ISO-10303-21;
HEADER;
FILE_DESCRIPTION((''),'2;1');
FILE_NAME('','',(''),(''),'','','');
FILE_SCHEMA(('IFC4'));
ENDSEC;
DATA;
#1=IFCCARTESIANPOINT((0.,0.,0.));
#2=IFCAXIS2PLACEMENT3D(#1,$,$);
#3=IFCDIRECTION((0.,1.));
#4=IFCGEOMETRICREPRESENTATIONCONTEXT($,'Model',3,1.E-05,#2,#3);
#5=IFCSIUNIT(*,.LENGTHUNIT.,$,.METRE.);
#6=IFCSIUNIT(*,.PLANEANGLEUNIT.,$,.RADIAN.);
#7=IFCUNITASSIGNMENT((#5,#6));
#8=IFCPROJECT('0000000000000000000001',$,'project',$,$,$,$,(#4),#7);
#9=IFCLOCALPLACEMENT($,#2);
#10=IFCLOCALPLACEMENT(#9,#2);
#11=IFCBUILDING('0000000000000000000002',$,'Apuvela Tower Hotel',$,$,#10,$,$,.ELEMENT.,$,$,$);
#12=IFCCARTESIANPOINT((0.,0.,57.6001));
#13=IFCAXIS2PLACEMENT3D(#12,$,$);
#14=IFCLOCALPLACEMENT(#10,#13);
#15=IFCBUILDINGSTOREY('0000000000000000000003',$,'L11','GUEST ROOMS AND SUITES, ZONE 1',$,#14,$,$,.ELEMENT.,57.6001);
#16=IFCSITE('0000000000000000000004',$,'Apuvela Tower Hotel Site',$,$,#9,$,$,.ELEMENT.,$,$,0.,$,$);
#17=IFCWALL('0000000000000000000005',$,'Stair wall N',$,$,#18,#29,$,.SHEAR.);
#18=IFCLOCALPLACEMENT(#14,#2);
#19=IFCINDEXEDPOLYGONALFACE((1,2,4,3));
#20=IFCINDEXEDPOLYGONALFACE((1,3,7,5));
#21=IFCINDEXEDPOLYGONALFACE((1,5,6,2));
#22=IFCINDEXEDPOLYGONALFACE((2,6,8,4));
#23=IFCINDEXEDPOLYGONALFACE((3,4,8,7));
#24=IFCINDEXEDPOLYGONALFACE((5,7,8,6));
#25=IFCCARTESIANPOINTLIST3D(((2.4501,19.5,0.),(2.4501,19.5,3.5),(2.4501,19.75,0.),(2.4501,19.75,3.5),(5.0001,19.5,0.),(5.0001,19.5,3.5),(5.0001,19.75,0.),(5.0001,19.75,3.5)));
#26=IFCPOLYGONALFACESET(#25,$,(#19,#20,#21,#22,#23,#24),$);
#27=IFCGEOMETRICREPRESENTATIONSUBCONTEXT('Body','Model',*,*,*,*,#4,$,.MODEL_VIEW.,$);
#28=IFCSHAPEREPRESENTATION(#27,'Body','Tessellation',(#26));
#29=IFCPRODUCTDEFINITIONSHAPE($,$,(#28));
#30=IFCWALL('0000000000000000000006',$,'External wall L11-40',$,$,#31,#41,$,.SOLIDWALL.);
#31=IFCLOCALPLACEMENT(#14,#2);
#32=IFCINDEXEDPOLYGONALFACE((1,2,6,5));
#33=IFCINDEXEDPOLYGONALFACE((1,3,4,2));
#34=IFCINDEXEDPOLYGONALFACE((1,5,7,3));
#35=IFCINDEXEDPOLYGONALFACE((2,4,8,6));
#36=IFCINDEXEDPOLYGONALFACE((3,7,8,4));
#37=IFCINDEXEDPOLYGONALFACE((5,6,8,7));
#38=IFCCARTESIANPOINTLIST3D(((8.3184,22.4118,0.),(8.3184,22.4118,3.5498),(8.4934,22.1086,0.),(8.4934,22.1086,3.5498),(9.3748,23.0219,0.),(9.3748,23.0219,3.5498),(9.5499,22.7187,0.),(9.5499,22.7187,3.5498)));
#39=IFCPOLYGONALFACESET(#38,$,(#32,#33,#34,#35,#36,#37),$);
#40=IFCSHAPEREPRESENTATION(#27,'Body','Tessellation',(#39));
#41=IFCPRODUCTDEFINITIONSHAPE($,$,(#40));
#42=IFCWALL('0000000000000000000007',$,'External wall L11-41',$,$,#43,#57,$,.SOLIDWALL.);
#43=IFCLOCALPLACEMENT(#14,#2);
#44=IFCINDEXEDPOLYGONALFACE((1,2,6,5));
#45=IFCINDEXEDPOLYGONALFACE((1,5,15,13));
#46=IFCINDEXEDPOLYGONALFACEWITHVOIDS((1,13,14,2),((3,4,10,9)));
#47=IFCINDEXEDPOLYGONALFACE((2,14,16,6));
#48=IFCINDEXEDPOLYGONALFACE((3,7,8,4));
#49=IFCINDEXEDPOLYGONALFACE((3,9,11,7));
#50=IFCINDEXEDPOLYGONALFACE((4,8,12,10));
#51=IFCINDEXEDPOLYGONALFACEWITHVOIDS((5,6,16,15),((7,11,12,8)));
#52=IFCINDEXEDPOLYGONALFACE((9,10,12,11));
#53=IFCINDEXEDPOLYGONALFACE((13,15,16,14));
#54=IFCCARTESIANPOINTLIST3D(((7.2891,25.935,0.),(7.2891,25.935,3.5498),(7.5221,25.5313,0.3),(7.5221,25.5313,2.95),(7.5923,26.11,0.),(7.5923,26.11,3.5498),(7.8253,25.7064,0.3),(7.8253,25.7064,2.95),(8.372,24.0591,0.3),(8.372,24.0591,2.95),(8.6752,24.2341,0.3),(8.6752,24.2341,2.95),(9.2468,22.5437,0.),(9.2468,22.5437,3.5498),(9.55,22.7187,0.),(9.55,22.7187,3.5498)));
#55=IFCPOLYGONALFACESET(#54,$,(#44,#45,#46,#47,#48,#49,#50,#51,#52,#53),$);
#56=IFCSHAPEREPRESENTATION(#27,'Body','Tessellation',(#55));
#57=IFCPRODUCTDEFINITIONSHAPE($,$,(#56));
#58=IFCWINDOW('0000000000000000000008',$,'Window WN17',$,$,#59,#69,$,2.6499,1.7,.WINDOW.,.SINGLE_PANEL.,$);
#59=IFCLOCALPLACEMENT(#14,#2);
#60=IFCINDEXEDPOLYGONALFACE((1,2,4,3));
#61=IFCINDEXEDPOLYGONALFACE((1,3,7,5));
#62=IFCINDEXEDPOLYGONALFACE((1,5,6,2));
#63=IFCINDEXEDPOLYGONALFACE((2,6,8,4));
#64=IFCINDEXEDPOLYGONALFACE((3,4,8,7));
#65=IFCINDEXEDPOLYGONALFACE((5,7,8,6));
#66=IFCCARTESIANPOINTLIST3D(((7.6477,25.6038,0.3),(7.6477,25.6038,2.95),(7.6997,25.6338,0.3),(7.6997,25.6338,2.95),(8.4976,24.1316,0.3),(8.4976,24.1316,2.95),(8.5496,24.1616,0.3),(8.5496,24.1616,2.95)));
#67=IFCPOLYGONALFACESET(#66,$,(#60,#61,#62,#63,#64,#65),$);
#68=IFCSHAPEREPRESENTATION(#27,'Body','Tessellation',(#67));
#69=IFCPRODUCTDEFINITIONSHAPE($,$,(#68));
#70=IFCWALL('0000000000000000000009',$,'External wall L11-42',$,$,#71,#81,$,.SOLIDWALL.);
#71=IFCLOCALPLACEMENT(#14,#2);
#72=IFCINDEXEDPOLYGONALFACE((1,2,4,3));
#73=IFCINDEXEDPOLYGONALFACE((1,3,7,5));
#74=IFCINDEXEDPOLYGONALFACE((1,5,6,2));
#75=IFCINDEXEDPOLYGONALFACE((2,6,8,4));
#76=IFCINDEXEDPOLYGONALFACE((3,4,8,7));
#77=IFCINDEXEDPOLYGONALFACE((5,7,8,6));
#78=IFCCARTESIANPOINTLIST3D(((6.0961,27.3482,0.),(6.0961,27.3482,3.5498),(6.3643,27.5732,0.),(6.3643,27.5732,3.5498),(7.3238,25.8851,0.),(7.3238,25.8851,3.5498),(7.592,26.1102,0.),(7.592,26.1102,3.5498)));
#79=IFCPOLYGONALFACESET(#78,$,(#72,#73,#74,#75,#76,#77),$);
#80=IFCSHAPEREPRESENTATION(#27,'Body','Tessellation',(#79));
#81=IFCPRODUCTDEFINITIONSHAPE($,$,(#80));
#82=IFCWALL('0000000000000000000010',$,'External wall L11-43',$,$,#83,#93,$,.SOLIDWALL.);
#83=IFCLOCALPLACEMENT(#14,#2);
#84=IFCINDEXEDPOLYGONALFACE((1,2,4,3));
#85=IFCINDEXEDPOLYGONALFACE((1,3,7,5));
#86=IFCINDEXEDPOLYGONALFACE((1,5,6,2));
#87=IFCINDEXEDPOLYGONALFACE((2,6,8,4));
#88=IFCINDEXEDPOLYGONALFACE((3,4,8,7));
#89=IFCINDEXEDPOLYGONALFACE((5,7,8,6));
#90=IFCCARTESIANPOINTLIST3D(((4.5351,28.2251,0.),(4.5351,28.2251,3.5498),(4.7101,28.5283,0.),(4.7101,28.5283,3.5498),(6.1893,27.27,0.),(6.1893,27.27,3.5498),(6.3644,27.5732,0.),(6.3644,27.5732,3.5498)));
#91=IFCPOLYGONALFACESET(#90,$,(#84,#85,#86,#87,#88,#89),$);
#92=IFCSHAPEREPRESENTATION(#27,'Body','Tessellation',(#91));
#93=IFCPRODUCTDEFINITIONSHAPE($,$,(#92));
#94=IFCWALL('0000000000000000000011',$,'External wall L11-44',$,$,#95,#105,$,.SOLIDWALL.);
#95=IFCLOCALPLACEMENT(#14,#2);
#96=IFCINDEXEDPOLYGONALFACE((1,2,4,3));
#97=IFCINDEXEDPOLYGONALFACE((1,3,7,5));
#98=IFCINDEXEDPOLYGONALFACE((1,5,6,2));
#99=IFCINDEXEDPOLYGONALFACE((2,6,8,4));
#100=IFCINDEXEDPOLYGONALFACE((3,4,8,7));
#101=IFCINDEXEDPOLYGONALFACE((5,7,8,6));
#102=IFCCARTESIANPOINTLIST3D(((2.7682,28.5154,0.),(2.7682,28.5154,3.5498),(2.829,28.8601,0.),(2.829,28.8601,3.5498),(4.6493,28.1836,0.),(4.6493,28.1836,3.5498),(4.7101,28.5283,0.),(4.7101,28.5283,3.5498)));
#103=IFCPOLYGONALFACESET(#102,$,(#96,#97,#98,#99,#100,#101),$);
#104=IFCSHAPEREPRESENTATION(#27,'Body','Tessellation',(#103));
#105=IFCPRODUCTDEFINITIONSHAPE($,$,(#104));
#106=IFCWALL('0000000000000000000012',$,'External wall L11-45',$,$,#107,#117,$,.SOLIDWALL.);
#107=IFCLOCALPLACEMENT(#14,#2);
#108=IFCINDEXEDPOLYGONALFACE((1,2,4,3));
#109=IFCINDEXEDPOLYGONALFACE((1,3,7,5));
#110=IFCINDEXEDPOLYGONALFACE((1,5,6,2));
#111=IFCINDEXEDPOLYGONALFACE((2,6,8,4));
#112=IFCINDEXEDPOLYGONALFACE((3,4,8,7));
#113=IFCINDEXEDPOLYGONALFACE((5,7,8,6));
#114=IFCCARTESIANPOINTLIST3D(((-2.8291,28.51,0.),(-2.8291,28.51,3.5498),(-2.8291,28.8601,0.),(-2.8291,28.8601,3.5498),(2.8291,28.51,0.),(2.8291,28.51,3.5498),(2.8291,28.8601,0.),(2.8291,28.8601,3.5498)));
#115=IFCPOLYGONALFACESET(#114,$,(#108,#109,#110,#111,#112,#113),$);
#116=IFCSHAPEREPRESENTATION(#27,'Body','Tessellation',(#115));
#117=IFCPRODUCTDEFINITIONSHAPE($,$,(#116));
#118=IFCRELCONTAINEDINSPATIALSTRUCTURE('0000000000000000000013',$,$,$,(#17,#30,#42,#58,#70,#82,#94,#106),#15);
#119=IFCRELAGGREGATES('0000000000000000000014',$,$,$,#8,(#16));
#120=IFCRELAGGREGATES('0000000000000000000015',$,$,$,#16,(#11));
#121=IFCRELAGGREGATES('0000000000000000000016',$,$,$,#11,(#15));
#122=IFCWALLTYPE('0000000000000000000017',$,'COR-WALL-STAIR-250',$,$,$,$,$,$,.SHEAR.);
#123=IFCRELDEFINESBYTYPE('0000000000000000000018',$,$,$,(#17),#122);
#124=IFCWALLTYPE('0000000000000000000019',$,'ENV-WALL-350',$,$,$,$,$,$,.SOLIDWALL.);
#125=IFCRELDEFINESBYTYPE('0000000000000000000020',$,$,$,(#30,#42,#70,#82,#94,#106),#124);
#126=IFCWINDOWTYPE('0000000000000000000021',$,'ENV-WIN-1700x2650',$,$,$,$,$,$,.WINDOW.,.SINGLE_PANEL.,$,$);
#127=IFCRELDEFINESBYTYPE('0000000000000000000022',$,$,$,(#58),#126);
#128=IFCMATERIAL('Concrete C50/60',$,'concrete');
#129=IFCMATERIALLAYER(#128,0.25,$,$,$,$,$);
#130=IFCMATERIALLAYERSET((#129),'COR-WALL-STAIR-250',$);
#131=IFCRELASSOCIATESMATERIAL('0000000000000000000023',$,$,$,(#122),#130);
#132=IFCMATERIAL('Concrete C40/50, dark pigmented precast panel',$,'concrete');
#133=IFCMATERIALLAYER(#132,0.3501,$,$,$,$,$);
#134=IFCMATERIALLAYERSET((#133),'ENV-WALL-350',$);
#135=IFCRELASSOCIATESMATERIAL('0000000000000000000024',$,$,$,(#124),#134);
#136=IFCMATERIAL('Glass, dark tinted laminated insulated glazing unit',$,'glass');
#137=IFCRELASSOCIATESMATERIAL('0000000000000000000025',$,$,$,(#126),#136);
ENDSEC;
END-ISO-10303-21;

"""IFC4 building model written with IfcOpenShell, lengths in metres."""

from ifc_helpers import new_model, si_unit, direction, frame, frame_2d, origin, place, context, subcontext, project, spatial, rectangle, extrude, material, layer, layer_set, type_object, element, fill, save


model = new_model("IFC4")

# Units and contexts
model_context = context("Model", 3, precision=1e-05, world=origin(), true_north=direction((0.0, 1.0)))
body_context = subcontext(model_context, "Body", "Model", "MODEL_VIEW")
ifc_project = project(units=[si_unit("LENGTHUNIT", "METRE"), si_unit("PLANEANGLEUNIT", "RADIAN")], contexts=[model_context])

# Site, building, storey
site_placement = place(None, origin())
site = spatial("IfcSite", under=ifc_project, at=site_placement, Name="Apuvela Tower Hotel Site", CompositionType="ELEMENT", RefElevation=0.0)
building_placement = place(site_placement, origin())
building = spatial("IfcBuilding", under=site, at=building_placement, Name="Apuvela Tower Hotel", CompositionType="ELEMENT")
storey_placement = place(building_placement, frame((0.0, 0.0, 57.6001)))
storey = spatial("IfcBuildingStorey", under=building, at=storey_placement, Name="L11", Description="GUEST ROOMS AND SUITES, ZONE 1", CompositionType="ELEMENT", Elevation=57.6001)

# Walls
ifc_material_1 = material(Name="Concrete C50/60", Category="concrete")
ifc_layer_1 = layer(ifc_material_1, 0.25)
ifc_layer_set_1 = layer_set([ifc_layer_1], Name="COR-WALL-STAIR-250")
wall_type_1 = type_object("IfcWallType", Name="COR-WALL-STAIR-250", PredefinedType="SHEAR", material=ifc_layer_set_1)
wall_1_placement = place(storey_placement, frame((5.0, 19.625, 0.0), z_axis=(0.0, 0.0, 1.0), x_axis=(-1.0, 0.0, 0.0)))
element("IfcWall", 1, at=wall_1_placement, inside=storey, type_object=wall_type_1, Name="Stair wall N", PredefinedType="SHEAR", context=body_context, shape_type="SweptSolid", body=[
    extrude(rectangle(XDim=2.55, YDim=0.25, at=frame_2d((1.2749, 0.0))), origin(), (0.0, 0.0, 1.0), 3.5),
])
ifc_material_2 = material(Name="Concrete C40/50, dark pigmented precast panel", Category="concrete")
ifc_layer_2 = layer(ifc_material_2, 0.3501)
ifc_layer_set_2 = layer_set([ifc_layer_2], Name="ENV-WALL-350")
wall_type_2 = type_object("IfcWallType", Name="ENV-WALL-350", PredefinedType="SOLIDWALL", material=ifc_layer_set_2)
wall_2_placement = place(storey_placement, frame((8.406, 22.2603, 0.0), z_axis=(0.0, 0.0, 1.0), x_axis=(0.865956, 0.500121, 0.0)))
element("IfcWall", 2, at=wall_2_placement, inside=storey, type_object=wall_type_2, Name="External wall L11-40", PredefinedType="SOLIDWALL", context=body_context, shape_type="SweptSolid", body=[
    extrude(rectangle(XDim=1.22, YDim=0.3501, at=frame_2d((0.6099, 0.0))), origin(), (0.0, 0.0, 1.0), 3.5498),
])

# Wall, opening, window
wall_3_placement = place(storey_placement, frame((9.3984, 22.6311, 0.0), z_axis=(0.0, 0.0, 1.0), x_axis=(-0.499955, 0.866052, 0.0)))
wall_3 = element("IfcWall", 3, at=wall_3_placement, inside=storey, type_object=wall_type_2, Name="External wall L11-41", PredefinedType="SOLIDWALL", context=body_context, shape_type="SweptSolid", body=[
    extrude(rectangle(XDim=3.9158, YDim=0.3501, at=frame_2d((1.958, 0.0))), origin(), (0.0, 0.0, 1.0), 3.5498),
])
opening_placement = place(wall_3_placement, frame((1.7498, 0.0, 0.3)))
opening = element("IfcOpeningElement", 4, at=opening_placement, cuts=wall_3, PredefinedType="OPENING", context=body_context, shape_type="SweptSolid", body=[
    extrude(rectangle(XDim=1.7, YDim=2.6499, at=frame_2d((0.8501, 1.325))), frame((0.0, 0.1851, 0.0), z_axis=(0.0, -1.0, 0.0), x_axis=(1.0, 0.0, 0.0)), (0.0, 0.0, 1.0), 0.3701),
])
ifc_material_3 = material(Name="Glass, dark tinted laminated insulated glazing unit", Category="glass")
window_type = type_object("IfcWindowType", Name="ENV-WIN-1700x2650", PartitioningType="SINGLE_PANEL", PredefinedType="WINDOW", material=ifc_material_3)
window_placement = place(opening_placement, origin())
window = element("IfcWindow", 5, at=window_placement, inside=storey, type_object=window_type, Name="Window WN17", OverallHeight=2.6499, OverallWidth=1.7, PartitioningType="SINGLE_PANEL", PredefinedType="WINDOW", context=body_context, shape_type="SweptSolid", body=[
    extrude(rectangle(XDim=1.7, YDim=2.6499, at=frame_2d((0.8501, 1.325))), frame((0.0, 0.03, 0.0), z_axis=(0.0, -1.0, 0.0), x_axis=(1.0, 0.0, 0.0)), (0.0, 0.0, 1.0), 0.0601),
])
fill(opening, window)

# Walls
wall_4_placement = place(storey_placement, frame((7.458, 25.9976, 0.0), z_axis=(0.0, 0.0, 1.0), x_axis=(-0.642808, 0.766027, 0.0)))
element("IfcWall", 6, at=wall_4_placement, inside=storey, type_object=wall_type_2, Name="External wall L11-42", PredefinedType="SOLIDWALL", context=body_context, shape_type="SweptSolid", body=[
    extrude(rectangle(XDim=1.9099, YDim=0.3501, at=frame_2d((0.9551, 0.0))), origin(), (0.0, 0.0, 1.0), 3.5498),
])
for number, where, z_axis, x_axis, name in (
    (7, (6.2769, 27.4216, 0.0), (0.0, 0.0, 1.0), (-0.866032, 0.499988, 0.0), "External wall L11-43"),
    (8, (4.6797, 28.356, 0.0), (0.0, 0.0, 1.0), (-0.984799, 0.173698, 0.0), "External wall L11-44"),
):
    element("IfcWall", number, at=place(storey_placement, frame(where, z_axis=z_axis, x_axis=x_axis)), inside=storey, type_object=wall_type_2, Name=name, PredefinedType="SOLIDWALL", context=body_context, shape_type="SweptSolid", body=[
        extrude(rectangle(XDim=1.9102, YDim=0.3501, at=frame_2d((0.9551, 0.0))), origin(), (0.0, 0.0, 1.0), 3.5498),
    ])
wall_5_placement = place(storey_placement, frame((2.8291, 28.6851, 0.0), z_axis=(0.0, 0.0, 1.0), x_axis=(-1.0, 0.0, 0.0)))
element("IfcWall", 9, at=wall_5_placement, inside=storey, type_object=wall_type_2, Name="External wall L11-45", PredefinedType="SOLIDWALL", context=body_context, shape_type="SweptSolid", body=[
    extrude(rectangle(XDim=5.6582, YDim=0.3501, at=frame_2d((2.8291, 0.0))), origin(), (0.0, 0.0, 1.0), 3.5498),
])

save(model, "model.ifc")
